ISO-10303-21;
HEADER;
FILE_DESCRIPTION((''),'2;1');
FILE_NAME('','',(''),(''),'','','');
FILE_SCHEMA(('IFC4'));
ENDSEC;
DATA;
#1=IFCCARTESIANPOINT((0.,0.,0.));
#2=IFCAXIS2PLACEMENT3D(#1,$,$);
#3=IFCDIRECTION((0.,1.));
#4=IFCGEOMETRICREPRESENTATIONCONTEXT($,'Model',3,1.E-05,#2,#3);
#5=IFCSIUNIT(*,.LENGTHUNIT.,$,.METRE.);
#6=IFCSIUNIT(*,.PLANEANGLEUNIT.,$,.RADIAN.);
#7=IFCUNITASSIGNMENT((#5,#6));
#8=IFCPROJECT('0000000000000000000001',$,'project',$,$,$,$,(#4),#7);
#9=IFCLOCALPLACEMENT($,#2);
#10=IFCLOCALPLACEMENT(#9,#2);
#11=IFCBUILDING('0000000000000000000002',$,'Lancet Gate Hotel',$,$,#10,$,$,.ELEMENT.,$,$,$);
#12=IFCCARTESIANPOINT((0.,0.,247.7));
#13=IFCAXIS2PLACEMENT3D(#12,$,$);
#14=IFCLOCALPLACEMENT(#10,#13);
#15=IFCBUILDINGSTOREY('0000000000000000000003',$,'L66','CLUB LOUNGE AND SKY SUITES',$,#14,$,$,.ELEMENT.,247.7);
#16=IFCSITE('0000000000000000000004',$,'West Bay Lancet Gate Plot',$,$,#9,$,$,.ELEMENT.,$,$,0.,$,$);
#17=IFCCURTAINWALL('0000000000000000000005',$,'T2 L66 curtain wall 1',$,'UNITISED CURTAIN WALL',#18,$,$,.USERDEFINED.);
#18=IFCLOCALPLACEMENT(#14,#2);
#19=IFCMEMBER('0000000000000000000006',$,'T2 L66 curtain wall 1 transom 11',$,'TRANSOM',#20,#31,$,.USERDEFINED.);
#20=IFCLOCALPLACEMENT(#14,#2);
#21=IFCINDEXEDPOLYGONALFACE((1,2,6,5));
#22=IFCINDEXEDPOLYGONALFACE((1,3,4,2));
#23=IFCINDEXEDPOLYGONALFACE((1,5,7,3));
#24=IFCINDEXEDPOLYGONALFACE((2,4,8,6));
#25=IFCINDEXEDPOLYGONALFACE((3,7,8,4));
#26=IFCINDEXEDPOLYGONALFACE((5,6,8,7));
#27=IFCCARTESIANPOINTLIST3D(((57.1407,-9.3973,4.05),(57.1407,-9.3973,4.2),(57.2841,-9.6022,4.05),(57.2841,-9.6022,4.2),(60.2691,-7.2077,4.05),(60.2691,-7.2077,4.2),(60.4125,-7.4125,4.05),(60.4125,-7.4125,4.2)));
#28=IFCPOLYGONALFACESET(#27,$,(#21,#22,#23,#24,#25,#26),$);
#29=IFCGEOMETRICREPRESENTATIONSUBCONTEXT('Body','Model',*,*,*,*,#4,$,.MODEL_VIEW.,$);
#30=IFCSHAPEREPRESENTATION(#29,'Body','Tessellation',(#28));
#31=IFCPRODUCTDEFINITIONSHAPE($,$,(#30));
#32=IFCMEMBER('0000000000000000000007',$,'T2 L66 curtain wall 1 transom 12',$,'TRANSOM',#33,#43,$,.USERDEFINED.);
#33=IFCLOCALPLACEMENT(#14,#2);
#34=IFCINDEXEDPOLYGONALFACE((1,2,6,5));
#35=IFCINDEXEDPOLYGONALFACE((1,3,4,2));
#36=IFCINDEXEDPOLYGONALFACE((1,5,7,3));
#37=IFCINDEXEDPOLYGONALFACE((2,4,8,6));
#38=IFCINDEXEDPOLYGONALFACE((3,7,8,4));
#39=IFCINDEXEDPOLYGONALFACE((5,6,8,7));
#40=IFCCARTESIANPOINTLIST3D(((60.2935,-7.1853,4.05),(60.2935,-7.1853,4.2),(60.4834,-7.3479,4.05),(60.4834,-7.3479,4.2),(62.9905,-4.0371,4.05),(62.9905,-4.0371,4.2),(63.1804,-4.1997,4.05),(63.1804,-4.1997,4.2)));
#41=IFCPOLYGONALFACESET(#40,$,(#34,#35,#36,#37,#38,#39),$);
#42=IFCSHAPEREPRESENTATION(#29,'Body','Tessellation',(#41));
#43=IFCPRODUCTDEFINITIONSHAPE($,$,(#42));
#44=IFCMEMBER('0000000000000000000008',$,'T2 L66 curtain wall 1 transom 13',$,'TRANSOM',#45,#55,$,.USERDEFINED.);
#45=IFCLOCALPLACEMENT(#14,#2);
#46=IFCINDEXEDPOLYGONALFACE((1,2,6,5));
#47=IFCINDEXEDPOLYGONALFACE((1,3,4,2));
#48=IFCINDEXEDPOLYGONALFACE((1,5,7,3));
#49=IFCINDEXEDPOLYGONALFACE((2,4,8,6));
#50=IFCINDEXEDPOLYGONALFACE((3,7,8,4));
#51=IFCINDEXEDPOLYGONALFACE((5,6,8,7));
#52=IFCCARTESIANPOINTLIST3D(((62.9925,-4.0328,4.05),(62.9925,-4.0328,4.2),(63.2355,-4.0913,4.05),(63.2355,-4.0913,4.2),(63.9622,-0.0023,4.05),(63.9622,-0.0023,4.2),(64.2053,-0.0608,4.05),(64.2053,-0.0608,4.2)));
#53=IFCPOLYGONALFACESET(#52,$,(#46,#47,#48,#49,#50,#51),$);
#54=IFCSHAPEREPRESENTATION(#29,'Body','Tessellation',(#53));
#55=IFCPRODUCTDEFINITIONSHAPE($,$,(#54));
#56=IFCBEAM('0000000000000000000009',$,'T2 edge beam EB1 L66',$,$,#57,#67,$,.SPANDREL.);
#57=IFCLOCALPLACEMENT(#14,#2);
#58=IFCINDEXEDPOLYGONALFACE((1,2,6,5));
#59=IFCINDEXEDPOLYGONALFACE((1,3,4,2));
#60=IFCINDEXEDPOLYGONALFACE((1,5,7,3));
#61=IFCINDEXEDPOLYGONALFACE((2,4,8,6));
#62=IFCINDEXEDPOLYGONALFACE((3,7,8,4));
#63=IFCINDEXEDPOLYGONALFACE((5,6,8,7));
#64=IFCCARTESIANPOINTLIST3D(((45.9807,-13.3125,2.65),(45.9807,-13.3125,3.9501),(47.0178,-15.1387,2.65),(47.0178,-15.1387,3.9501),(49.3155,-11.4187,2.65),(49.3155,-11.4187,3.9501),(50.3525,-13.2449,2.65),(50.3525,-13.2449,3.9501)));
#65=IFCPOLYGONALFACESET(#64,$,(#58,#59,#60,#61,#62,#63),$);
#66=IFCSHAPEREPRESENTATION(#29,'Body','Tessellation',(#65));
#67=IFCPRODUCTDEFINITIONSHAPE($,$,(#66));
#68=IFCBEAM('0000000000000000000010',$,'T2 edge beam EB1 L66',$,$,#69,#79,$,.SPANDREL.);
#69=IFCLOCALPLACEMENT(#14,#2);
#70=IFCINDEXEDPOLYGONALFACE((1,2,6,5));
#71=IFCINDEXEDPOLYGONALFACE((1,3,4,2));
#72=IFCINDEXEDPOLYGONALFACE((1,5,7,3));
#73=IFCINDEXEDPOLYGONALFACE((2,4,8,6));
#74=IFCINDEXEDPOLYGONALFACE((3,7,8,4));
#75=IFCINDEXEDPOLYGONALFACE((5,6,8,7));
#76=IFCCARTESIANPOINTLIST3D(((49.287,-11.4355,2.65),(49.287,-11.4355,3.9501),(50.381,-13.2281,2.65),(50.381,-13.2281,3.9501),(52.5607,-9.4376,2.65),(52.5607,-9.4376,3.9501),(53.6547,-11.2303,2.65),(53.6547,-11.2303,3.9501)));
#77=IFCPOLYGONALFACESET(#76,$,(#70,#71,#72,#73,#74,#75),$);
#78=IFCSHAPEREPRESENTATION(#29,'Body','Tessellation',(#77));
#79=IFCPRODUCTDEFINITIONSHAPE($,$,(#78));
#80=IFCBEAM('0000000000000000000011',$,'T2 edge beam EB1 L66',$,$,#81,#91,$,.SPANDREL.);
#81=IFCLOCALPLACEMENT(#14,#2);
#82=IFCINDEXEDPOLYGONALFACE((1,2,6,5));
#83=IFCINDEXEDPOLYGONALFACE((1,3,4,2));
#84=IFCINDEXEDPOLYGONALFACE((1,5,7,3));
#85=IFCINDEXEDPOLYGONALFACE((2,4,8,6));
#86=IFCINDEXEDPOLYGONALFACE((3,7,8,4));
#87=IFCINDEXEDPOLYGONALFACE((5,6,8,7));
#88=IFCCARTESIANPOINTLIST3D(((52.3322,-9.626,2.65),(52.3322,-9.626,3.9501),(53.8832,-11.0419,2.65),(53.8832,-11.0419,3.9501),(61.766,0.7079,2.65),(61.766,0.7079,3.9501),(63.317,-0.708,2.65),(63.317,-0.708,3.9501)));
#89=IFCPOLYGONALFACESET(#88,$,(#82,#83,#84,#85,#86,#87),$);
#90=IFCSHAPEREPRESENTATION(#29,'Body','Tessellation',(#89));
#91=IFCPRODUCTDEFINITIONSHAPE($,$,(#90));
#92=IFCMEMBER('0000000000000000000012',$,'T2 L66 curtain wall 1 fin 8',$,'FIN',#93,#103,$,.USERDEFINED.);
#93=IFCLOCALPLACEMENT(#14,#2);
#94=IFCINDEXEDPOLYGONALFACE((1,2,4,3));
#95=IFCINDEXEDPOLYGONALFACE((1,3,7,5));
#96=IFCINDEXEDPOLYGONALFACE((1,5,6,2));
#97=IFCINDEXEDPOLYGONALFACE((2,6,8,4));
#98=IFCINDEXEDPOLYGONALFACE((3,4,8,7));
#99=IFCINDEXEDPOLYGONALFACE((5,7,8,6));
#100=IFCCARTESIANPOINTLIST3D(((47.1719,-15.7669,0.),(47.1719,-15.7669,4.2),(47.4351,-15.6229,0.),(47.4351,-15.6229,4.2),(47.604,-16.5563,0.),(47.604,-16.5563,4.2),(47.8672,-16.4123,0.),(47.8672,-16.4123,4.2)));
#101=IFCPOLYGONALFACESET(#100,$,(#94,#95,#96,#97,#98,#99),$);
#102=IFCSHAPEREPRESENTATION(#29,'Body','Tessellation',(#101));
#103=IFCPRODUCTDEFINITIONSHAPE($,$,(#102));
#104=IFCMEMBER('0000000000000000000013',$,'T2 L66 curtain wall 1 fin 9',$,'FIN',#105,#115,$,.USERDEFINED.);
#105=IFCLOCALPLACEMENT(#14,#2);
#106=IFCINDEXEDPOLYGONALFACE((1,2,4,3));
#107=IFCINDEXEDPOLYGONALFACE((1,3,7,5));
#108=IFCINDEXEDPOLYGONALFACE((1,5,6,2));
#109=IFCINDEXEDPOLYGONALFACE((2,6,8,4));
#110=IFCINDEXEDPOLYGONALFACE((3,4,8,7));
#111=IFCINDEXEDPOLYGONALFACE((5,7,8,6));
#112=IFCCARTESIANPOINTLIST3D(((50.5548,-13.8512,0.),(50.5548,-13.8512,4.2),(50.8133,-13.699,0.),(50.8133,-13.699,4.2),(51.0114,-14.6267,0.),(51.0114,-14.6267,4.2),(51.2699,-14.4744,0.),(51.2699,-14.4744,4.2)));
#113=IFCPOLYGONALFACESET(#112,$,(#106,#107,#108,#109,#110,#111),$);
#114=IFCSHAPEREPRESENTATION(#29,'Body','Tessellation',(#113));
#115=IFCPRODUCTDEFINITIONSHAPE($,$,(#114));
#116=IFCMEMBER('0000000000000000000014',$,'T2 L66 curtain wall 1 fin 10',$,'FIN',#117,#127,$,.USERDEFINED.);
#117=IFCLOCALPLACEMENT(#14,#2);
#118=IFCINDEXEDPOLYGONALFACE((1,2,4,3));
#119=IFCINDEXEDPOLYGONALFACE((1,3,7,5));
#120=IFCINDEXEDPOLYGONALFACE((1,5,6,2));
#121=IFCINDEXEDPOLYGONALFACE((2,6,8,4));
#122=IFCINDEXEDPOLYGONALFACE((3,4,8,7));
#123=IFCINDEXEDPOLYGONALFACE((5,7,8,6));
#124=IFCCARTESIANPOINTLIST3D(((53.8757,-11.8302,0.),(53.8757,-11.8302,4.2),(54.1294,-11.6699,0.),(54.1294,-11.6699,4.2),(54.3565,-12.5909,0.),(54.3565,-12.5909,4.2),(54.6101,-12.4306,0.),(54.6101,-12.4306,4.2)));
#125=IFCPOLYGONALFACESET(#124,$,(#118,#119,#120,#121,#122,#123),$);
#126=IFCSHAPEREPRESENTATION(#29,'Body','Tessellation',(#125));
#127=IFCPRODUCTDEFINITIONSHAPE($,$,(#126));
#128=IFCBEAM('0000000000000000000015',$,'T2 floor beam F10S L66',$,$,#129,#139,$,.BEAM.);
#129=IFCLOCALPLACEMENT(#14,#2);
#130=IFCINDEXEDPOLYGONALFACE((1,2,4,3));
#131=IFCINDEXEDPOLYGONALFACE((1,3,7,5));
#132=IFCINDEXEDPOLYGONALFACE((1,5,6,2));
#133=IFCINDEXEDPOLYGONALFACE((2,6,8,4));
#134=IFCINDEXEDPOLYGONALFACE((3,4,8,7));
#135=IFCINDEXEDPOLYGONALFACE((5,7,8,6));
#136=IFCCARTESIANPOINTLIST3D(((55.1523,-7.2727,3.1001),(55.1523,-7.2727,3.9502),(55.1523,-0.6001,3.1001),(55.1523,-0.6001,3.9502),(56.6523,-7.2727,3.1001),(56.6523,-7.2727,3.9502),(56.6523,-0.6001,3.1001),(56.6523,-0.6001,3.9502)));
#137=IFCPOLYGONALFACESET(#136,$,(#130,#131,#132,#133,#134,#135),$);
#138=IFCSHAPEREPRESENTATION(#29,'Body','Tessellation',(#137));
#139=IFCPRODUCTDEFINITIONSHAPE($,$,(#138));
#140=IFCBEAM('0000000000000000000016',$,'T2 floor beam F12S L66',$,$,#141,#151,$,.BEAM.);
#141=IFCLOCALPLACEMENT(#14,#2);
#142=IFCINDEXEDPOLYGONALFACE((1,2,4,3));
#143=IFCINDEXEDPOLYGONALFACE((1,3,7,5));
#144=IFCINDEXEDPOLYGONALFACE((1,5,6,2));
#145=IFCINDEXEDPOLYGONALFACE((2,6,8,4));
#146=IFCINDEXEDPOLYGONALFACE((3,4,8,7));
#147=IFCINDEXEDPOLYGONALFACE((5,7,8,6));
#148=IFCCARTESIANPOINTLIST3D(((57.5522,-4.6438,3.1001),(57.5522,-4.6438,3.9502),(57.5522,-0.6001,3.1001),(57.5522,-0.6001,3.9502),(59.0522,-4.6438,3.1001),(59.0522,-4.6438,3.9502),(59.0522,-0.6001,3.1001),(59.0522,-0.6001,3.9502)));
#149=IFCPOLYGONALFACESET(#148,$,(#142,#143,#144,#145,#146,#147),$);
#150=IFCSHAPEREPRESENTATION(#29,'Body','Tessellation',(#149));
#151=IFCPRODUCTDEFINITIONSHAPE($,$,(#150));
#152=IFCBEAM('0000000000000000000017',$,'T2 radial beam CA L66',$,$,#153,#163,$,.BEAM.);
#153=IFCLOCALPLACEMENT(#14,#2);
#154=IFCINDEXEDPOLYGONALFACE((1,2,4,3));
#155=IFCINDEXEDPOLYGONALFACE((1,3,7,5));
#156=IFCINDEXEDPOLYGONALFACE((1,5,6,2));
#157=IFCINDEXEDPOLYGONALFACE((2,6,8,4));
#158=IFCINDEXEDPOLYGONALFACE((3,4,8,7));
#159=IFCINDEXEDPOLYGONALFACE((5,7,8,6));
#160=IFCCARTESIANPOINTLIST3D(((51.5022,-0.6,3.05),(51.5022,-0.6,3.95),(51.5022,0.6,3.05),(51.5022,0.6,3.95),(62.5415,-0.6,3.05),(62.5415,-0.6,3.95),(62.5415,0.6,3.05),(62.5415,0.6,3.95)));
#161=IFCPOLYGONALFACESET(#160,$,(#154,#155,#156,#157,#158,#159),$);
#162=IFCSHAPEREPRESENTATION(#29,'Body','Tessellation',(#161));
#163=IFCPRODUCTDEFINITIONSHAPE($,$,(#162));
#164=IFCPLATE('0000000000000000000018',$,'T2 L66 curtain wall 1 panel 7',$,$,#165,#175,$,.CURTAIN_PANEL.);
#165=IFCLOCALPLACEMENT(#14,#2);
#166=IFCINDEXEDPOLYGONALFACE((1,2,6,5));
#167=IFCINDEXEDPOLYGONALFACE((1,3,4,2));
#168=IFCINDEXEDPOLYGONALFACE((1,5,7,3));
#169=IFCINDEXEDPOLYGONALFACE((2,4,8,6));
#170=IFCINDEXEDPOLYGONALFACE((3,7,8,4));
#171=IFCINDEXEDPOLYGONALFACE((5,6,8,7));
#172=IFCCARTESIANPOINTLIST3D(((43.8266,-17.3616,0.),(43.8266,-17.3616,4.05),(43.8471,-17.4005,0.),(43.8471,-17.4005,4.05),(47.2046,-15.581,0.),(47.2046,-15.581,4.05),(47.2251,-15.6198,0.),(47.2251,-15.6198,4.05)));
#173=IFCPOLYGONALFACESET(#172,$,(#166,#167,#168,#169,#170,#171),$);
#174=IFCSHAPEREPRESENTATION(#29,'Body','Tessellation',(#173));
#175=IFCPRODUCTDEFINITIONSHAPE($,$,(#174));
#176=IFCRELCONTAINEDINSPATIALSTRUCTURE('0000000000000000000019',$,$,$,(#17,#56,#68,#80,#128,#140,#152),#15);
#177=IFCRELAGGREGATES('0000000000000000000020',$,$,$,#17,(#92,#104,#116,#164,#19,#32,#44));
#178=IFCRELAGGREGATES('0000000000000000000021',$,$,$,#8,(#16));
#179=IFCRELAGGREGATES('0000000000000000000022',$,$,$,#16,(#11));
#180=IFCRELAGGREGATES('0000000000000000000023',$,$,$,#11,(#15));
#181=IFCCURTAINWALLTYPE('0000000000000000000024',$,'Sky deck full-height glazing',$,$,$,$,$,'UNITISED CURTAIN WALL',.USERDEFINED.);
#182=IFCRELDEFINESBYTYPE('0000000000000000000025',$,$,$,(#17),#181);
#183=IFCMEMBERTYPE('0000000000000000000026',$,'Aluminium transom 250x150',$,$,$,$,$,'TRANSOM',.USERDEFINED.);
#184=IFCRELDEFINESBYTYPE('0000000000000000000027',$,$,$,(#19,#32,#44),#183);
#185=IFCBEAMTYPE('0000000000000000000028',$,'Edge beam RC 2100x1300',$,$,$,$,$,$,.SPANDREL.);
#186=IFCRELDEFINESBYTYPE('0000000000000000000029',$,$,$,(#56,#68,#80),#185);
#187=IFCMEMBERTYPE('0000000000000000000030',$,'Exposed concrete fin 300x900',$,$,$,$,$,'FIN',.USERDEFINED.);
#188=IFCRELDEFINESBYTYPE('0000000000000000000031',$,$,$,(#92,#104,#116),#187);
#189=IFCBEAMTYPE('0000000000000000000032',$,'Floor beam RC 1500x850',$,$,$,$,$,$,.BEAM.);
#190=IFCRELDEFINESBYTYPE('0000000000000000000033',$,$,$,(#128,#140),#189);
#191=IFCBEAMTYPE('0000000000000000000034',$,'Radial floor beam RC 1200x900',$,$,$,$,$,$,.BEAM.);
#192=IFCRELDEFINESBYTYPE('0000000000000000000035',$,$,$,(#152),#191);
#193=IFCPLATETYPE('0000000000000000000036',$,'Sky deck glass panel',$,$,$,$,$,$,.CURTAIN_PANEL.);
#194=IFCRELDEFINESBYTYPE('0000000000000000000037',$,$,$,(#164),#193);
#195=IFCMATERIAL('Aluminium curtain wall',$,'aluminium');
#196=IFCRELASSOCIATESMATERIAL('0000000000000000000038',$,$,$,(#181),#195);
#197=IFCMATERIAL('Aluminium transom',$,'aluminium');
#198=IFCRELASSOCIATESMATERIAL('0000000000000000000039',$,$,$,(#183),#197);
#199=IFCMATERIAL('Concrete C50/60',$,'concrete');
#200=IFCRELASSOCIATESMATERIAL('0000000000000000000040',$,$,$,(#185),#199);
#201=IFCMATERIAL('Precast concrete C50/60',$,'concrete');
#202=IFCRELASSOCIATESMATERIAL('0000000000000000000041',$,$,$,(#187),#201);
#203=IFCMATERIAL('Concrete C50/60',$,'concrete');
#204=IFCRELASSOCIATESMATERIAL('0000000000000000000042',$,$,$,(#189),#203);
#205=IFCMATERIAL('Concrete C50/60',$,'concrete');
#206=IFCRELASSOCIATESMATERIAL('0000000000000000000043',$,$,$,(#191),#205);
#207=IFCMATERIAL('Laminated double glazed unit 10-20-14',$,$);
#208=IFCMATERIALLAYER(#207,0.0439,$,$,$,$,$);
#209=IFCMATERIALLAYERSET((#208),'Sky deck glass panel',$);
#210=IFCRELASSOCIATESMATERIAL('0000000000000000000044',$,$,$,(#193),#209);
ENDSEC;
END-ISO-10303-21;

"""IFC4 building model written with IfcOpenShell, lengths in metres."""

from ifc_helpers import new_model, si_unit, direction, frame, origin, origin_2d, place, context, subcontext, project, spatial, rectangle, extrude, material, layer, layer_set, material_profile, profile_set, type_object, element, aggregate, save


model = new_model("IFC4")

# Units and contexts
model_context = context("Model", 3, precision=1e-05, world=origin(), true_north=direction((0.0, 1.0)))
body_context = subcontext(model_context, "Body", "Model", "MODEL_VIEW")
ifc_project = project(units=[si_unit("LENGTHUNIT", "METRE"), si_unit("PLANEANGLEUNIT", "RADIAN")], contexts=[model_context])

# Site, building, storey
site_placement = place(None, origin())
site = spatial("IfcSite", under=ifc_project, at=site_placement, Name="West Bay Lancet Gate Plot", CompositionType="ELEMENT", RefElevation=0.0)
building_placement = place(site_placement, origin())
building = spatial("IfcBuilding", under=site, at=building_placement, Name="Lancet Gate Hotel", CompositionType="ELEMENT")
storey_placement = place(building_placement, frame((0.0, 0.0, 247.7)))
storey = spatial("IfcBuildingStorey", under=building, at=storey_placement, Name="L66", Description="CLUB LOUNGE AND SKY SUITES", CompositionType="ELEMENT", Elevation=247.7)

# Curtain wall, members
ifc_material_1 = material(Name="Aluminium curtain wall", Category="aluminium")
curtain_wall_type = type_object("IfcCurtainWallType", Name="Sky deck full-height glazing", ElementType="UNITISED CURTAIN WALL", PredefinedType="USERDEFINED", material=ifc_material_1)
curtain_wall_placement = place(storey_placement, origin())
curtain_wall = element("IfcCurtainWall", 1, at=curtain_wall_placement, inside=storey, type_object=curtain_wall_type, Name="T2 L66 curtain wall 1", ObjectType="UNITISED CURTAIN WALL", PredefinedType="USERDEFINED")
ifc_material_2 = material(Name="Aluminium transom", Category="aluminium")
ifc_material_profile_1 = material_profile(ifc_material_2, rectangle(XDim=0.25, YDim=0.1499, at=origin_2d()), Name="TRANSOM 250x150")
ifc_profile_set_1 = profile_set([ifc_material_profile_1], Name="Aluminium transom")
member_type_1 = type_object("IfcMemberType", Name="Aluminium transom 250x150", ElementType="TRANSOM", PredefinedType="USERDEFINED", material=ifc_profile_set_1)
member_1_placement = place(storey_placement, frame((57.2124, -9.4998, 4.125), z_axis=(0.819256, 0.573428, 0.0), x_axis=(-0.573428, 0.819256, 0.0)))
member_1 = element("IfcMember", 2, at=member_1_placement, type_object=member_type_1, Name="T2 L66 curtain wall 1 transom 11", ObjectType="TRANSOM", PredefinedType="USERDEFINED", context=body_context, shape_type="SweptSolid", body=[
    extrude(rectangle(XDim=0.25, YDim=0.1499, at=origin_2d()), origin(), (0.0, 0.0, 1.0), 3.8186),
])
member_2_placement = place(storey_placement, frame((60.3884, -7.2666, 4.125), z_axis=(0.650593, 0.759427, 0.0), x_axis=(-0.759427, 0.650593, 0.0)))
member_2 = element("IfcMember", 3, at=member_2_placement, type_object=member_type_1, Name="T2 L66 curtain wall 1 transom 12", ObjectType="TRANSOM", PredefinedType="USERDEFINED", context=body_context, shape_type="SweptSolid", body=[
    extrude(rectangle(XDim=0.25, YDim=0.1499, at=origin_2d()), origin(), (0.0, 0.0, 1.0), 4.1455),
])
member_3_placement = place(storey_placement, frame((63.114, -4.062, 4.125), z_axis=(0.233921, 0.972256, 0.0), x_axis=(-0.972256, 0.233921, 0.0)))
member_3 = element("IfcMember", 4, at=member_3_placement, type_object=member_type_1, Name="T2 L66 curtain wall 1 transom 13", ObjectType="TRANSOM", PredefinedType="USERDEFINED", context=body_context, shape_type="SweptSolid", body=[
    extrude(rectangle(XDim=0.25, YDim=0.1499, at=origin_2d()), origin(), (0.0, 0.0, 1.0), 4.1455),
])

# Beams
ifc_material_3 = material(Name="Concrete C50/60", Category="concrete")
ifc_material_profile_2 = material_profile(ifc_material_3, rectangle(XDim=2.1001, YDim=1.3, at=origin_2d()), Name="RC 2100x1300")
ifc_profile_set_2 = profile_set([ifc_material_profile_2], Name="Concrete C50/60")
beam_type_1 = type_object("IfcBeamType", Name="Edge beam RC 2100x1300", PredefinedType="SPANDREL", material=ifc_profile_set_2)
beam_1_placement = place(storey_placement, frame((46.4993, -14.2256, 3.3), z_axis=(0.86956, 0.493827, 0.0), x_axis=(-0.493827, 0.86956, 0.0)))
element("IfcBeam", 5, at=beam_1_placement, inside=storey, type_object=beam_type_1, Name="T2 edge beam EB1 L66", PredefinedType="SPANDREL", context=body_context, shape_type="SweptSolid", body=[
    extrude(rectangle(XDim=2.1001, YDim=1.3, at=origin_2d()), origin(), (0.0, 0.0, 1.0), 3.835),
])
beam_2_placement = place(storey_placement, frame((49.834, -12.3318, 3.3), z_axis=(0.853604, 0.520922, 0.0), x_axis=(-0.520922, 0.853604, 0.0)))
element("IfcBeam", 6, at=beam_2_placement, inside=storey, type_object=beam_type_1, Name="T2 edge beam EB1 L66", PredefinedType="SPANDREL", context=body_context, shape_type="SweptSolid", body=[
    extrude(rectangle(XDim=2.1001, YDim=1.3, at=origin_2d()), origin(), (0.0, 0.0, 1.0), 3.8352),
])
beam_3_placement = place(storey_placement, frame((53.1077, -10.334, 3.3), z_axis=(0.674209, 0.73854, 0.0), x_axis=(-0.73854, 0.674209, 0.0)))
element("IfcBeam", 7, at=beam_3_placement, inside=storey, type_object=beam_type_1, Name="T2 edge beam EB1 L66", PredefinedType="SPANDREL", context=body_context, shape_type="SweptSolid", body=[
    extrude(rectangle(XDim=2.1001, YDim=1.3, at=origin_2d()), origin(), (0.0, 0.0, 1.0), 13.9924),
])

# Members
ifc_material_4 = material(Name="Precast concrete C50/60", Category="concrete")
ifc_material_profile_3 = material_profile(ifc_material_4, rectangle(XDim=0.3, YDim=0.8999, at=origin_2d()), Name="FIN 300x900")
ifc_profile_set_3 = profile_set([ifc_material_profile_3], Name="Precast concrete C50/60")
member_type_2 = type_object("IfcMemberType", Name="Exposed concrete fin 300x900", ElementType="FIN", PredefinedType="USERDEFINED", material=ifc_profile_set_3)
member_4_placement = place(storey_placement, frame((47.5195, -16.0896, 0.0), z_axis=(0.0, 0.0, 1.0), x_axis=(0.877195, 0.480135, 0.0)))
member_4 = element("IfcMember", 8, at=member_4_placement, type_object=member_type_2, Name="T2 L66 curtain wall 1 fin 8", ObjectType="FIN", PredefinedType="USERDEFINED", context=body_context, shape_type="SweptSolid", body=[
    extrude(rectangle(XDim=0.3, YDim=0.8999, at=origin_2d()), origin(), (0.0, 0.0, 1.0), 4.2),
])
member_5_placement = place(storey_placement, frame((50.9124, -14.1628, 0.0), z_axis=(0.0, 0.0, 1.0), x_axis=(0.861692, 0.507432, 0.0)))
member_5 = element("IfcMember", 9, at=member_5_placement, type_object=member_type_2, Name="T2 L66 curtain wall 1 fin 9", ObjectType="FIN", PredefinedType="USERDEFINED", context=body_context, shape_type="SweptSolid", body=[
    extrude(rectangle(XDim=0.3, YDim=0.8999, at=origin_2d()), origin(), (0.0, 0.0, 1.0), 4.2),
])
member_6_placement = place(storey_placement, frame((54.2429, -12.1304, 0.0), z_axis=(0.0, 0.0, 1.0), x_axis=(0.84534, 0.534229, 0.0)))
member_6 = element("IfcMember", 10, at=member_6_placement, type_object=member_type_2, Name="T2 L66 curtain wall 1 fin 10", ObjectType="FIN", PredefinedType="USERDEFINED", context=body_context, shape_type="SweptSolid", body=[
    extrude(rectangle(XDim=0.3, YDim=0.8999, at=origin_2d()), origin(), (0.0, 0.0, 1.0), 4.2),
])

# Beams
ifc_material_5 = material(Name="Concrete C50/60", Category="concrete")
ifc_material_profile_4 = material_profile(ifc_material_5, rectangle(XDim=1.5, YDim=0.8501, at=origin_2d()), Name="RC 1500x850")
ifc_profile_set_4 = profile_set([ifc_material_profile_4], Name="Concrete C50/60")
beam_type_2 = type_object("IfcBeamType", Name="Floor beam RC 1500x850", PredefinedType="BEAM", material=ifc_profile_set_4)
beam_4_placement = place(storey_placement, frame((55.9023, -7.2727, 3.5251), z_axis=(0.0, 1.0, 0.0), x_axis=(-1.0, 0.0, 0.0)))
element("IfcBeam", 11, at=beam_4_placement, inside=storey, type_object=beam_type_2, Name="T2 floor beam F10S L66", PredefinedType="BEAM", context=body_context, shape_type="SweptSolid", body=[
    extrude(rectangle(XDim=1.5, YDim=0.8501, at=origin_2d()), origin(), (0.0, 0.0, 1.0), 6.6726),
])
beam_5_placement = place(storey_placement, frame((58.3022, -4.6438, 3.5251), z_axis=(0.0, 1.0, 0.0), x_axis=(-1.0, 0.0, 0.0)))
element("IfcBeam", 12, at=beam_5_placement, inside=storey, type_object=beam_type_2, Name="T2 floor beam F12S L66", PredefinedType="BEAM", context=body_context, shape_type="SweptSolid", body=[
    extrude(rectangle(XDim=1.5, YDim=0.8501, at=origin_2d()), origin(), (0.0, 0.0, 1.0), 4.0437),
])
ifc_material_6 = material(Name="Concrete C50/60", Category="concrete")
ifc_material_profile_5 = material_profile(ifc_material_6, rectangle(XDim=1.2, YDim=0.8999, at=origin_2d()), Name="RC 1200x900")
ifc_profile_set_5 = profile_set([ifc_material_profile_5], Name="Concrete C50/60")
beam_type_3 = type_object("IfcBeamType", Name="Radial floor beam RC 1200x900", PredefinedType="BEAM", material=ifc_profile_set_5)
beam_6_placement = place(storey_placement, frame((62.5415, 0.0, 3.5), z_axis=(-1.0, 0.0, 0.0), x_axis=(0.0, -1.0, 0.0)))
element("IfcBeam", 13, at=beam_6_placement, inside=storey, type_object=beam_type_3, Name="T2 radial beam CA L66", PredefinedType="BEAM", context=body_context, shape_type="SweptSolid", body=[
    extrude(rectangle(XDim=1.2, YDim=0.8999, at=origin_2d()), origin(), (0.0, 0.0, 1.0), 11.0393),
])

# Plate
ifc_material_7 = material(Name="Laminated double glazed unit 10-20-14")
ifc_layer_1 = layer(ifc_material_7, 0.0439)
ifc_layer_set_1 = layer_set([ifc_layer_1], Name="Sky deck glass panel")
plate_type = type_object("IfcPlateType", Name="Sky deck glass panel", PredefinedType="CURTAIN_PANEL", material=ifc_layer_set_1)
plate_1_placement = place(storey_placement, frame((45.5259, -16.4907, 0.0), z_axis=(0.0, 0.0, 1.0), x_axis=(0.884623, 0.466307, 0.0)))
plate_1 = element("IfcPlate", 14, at=plate_1_placement, type_object=plate_type, Name="T2 L66 curtain wall 1 panel 7", PredefinedType="CURTAIN_PANEL", context=body_context, shape_type="SweptSolid", body=[
    extrude(rectangle(XDim=3.8186, YDim=0.0439, at=origin_2d()), origin(), (0.0, 0.0, 1.0), 4.05),
])
aggregate(curtain_wall, [member_4, member_5, member_6, plate_1, member_1, member_2, member_3])

save(model, "model.ifc")
